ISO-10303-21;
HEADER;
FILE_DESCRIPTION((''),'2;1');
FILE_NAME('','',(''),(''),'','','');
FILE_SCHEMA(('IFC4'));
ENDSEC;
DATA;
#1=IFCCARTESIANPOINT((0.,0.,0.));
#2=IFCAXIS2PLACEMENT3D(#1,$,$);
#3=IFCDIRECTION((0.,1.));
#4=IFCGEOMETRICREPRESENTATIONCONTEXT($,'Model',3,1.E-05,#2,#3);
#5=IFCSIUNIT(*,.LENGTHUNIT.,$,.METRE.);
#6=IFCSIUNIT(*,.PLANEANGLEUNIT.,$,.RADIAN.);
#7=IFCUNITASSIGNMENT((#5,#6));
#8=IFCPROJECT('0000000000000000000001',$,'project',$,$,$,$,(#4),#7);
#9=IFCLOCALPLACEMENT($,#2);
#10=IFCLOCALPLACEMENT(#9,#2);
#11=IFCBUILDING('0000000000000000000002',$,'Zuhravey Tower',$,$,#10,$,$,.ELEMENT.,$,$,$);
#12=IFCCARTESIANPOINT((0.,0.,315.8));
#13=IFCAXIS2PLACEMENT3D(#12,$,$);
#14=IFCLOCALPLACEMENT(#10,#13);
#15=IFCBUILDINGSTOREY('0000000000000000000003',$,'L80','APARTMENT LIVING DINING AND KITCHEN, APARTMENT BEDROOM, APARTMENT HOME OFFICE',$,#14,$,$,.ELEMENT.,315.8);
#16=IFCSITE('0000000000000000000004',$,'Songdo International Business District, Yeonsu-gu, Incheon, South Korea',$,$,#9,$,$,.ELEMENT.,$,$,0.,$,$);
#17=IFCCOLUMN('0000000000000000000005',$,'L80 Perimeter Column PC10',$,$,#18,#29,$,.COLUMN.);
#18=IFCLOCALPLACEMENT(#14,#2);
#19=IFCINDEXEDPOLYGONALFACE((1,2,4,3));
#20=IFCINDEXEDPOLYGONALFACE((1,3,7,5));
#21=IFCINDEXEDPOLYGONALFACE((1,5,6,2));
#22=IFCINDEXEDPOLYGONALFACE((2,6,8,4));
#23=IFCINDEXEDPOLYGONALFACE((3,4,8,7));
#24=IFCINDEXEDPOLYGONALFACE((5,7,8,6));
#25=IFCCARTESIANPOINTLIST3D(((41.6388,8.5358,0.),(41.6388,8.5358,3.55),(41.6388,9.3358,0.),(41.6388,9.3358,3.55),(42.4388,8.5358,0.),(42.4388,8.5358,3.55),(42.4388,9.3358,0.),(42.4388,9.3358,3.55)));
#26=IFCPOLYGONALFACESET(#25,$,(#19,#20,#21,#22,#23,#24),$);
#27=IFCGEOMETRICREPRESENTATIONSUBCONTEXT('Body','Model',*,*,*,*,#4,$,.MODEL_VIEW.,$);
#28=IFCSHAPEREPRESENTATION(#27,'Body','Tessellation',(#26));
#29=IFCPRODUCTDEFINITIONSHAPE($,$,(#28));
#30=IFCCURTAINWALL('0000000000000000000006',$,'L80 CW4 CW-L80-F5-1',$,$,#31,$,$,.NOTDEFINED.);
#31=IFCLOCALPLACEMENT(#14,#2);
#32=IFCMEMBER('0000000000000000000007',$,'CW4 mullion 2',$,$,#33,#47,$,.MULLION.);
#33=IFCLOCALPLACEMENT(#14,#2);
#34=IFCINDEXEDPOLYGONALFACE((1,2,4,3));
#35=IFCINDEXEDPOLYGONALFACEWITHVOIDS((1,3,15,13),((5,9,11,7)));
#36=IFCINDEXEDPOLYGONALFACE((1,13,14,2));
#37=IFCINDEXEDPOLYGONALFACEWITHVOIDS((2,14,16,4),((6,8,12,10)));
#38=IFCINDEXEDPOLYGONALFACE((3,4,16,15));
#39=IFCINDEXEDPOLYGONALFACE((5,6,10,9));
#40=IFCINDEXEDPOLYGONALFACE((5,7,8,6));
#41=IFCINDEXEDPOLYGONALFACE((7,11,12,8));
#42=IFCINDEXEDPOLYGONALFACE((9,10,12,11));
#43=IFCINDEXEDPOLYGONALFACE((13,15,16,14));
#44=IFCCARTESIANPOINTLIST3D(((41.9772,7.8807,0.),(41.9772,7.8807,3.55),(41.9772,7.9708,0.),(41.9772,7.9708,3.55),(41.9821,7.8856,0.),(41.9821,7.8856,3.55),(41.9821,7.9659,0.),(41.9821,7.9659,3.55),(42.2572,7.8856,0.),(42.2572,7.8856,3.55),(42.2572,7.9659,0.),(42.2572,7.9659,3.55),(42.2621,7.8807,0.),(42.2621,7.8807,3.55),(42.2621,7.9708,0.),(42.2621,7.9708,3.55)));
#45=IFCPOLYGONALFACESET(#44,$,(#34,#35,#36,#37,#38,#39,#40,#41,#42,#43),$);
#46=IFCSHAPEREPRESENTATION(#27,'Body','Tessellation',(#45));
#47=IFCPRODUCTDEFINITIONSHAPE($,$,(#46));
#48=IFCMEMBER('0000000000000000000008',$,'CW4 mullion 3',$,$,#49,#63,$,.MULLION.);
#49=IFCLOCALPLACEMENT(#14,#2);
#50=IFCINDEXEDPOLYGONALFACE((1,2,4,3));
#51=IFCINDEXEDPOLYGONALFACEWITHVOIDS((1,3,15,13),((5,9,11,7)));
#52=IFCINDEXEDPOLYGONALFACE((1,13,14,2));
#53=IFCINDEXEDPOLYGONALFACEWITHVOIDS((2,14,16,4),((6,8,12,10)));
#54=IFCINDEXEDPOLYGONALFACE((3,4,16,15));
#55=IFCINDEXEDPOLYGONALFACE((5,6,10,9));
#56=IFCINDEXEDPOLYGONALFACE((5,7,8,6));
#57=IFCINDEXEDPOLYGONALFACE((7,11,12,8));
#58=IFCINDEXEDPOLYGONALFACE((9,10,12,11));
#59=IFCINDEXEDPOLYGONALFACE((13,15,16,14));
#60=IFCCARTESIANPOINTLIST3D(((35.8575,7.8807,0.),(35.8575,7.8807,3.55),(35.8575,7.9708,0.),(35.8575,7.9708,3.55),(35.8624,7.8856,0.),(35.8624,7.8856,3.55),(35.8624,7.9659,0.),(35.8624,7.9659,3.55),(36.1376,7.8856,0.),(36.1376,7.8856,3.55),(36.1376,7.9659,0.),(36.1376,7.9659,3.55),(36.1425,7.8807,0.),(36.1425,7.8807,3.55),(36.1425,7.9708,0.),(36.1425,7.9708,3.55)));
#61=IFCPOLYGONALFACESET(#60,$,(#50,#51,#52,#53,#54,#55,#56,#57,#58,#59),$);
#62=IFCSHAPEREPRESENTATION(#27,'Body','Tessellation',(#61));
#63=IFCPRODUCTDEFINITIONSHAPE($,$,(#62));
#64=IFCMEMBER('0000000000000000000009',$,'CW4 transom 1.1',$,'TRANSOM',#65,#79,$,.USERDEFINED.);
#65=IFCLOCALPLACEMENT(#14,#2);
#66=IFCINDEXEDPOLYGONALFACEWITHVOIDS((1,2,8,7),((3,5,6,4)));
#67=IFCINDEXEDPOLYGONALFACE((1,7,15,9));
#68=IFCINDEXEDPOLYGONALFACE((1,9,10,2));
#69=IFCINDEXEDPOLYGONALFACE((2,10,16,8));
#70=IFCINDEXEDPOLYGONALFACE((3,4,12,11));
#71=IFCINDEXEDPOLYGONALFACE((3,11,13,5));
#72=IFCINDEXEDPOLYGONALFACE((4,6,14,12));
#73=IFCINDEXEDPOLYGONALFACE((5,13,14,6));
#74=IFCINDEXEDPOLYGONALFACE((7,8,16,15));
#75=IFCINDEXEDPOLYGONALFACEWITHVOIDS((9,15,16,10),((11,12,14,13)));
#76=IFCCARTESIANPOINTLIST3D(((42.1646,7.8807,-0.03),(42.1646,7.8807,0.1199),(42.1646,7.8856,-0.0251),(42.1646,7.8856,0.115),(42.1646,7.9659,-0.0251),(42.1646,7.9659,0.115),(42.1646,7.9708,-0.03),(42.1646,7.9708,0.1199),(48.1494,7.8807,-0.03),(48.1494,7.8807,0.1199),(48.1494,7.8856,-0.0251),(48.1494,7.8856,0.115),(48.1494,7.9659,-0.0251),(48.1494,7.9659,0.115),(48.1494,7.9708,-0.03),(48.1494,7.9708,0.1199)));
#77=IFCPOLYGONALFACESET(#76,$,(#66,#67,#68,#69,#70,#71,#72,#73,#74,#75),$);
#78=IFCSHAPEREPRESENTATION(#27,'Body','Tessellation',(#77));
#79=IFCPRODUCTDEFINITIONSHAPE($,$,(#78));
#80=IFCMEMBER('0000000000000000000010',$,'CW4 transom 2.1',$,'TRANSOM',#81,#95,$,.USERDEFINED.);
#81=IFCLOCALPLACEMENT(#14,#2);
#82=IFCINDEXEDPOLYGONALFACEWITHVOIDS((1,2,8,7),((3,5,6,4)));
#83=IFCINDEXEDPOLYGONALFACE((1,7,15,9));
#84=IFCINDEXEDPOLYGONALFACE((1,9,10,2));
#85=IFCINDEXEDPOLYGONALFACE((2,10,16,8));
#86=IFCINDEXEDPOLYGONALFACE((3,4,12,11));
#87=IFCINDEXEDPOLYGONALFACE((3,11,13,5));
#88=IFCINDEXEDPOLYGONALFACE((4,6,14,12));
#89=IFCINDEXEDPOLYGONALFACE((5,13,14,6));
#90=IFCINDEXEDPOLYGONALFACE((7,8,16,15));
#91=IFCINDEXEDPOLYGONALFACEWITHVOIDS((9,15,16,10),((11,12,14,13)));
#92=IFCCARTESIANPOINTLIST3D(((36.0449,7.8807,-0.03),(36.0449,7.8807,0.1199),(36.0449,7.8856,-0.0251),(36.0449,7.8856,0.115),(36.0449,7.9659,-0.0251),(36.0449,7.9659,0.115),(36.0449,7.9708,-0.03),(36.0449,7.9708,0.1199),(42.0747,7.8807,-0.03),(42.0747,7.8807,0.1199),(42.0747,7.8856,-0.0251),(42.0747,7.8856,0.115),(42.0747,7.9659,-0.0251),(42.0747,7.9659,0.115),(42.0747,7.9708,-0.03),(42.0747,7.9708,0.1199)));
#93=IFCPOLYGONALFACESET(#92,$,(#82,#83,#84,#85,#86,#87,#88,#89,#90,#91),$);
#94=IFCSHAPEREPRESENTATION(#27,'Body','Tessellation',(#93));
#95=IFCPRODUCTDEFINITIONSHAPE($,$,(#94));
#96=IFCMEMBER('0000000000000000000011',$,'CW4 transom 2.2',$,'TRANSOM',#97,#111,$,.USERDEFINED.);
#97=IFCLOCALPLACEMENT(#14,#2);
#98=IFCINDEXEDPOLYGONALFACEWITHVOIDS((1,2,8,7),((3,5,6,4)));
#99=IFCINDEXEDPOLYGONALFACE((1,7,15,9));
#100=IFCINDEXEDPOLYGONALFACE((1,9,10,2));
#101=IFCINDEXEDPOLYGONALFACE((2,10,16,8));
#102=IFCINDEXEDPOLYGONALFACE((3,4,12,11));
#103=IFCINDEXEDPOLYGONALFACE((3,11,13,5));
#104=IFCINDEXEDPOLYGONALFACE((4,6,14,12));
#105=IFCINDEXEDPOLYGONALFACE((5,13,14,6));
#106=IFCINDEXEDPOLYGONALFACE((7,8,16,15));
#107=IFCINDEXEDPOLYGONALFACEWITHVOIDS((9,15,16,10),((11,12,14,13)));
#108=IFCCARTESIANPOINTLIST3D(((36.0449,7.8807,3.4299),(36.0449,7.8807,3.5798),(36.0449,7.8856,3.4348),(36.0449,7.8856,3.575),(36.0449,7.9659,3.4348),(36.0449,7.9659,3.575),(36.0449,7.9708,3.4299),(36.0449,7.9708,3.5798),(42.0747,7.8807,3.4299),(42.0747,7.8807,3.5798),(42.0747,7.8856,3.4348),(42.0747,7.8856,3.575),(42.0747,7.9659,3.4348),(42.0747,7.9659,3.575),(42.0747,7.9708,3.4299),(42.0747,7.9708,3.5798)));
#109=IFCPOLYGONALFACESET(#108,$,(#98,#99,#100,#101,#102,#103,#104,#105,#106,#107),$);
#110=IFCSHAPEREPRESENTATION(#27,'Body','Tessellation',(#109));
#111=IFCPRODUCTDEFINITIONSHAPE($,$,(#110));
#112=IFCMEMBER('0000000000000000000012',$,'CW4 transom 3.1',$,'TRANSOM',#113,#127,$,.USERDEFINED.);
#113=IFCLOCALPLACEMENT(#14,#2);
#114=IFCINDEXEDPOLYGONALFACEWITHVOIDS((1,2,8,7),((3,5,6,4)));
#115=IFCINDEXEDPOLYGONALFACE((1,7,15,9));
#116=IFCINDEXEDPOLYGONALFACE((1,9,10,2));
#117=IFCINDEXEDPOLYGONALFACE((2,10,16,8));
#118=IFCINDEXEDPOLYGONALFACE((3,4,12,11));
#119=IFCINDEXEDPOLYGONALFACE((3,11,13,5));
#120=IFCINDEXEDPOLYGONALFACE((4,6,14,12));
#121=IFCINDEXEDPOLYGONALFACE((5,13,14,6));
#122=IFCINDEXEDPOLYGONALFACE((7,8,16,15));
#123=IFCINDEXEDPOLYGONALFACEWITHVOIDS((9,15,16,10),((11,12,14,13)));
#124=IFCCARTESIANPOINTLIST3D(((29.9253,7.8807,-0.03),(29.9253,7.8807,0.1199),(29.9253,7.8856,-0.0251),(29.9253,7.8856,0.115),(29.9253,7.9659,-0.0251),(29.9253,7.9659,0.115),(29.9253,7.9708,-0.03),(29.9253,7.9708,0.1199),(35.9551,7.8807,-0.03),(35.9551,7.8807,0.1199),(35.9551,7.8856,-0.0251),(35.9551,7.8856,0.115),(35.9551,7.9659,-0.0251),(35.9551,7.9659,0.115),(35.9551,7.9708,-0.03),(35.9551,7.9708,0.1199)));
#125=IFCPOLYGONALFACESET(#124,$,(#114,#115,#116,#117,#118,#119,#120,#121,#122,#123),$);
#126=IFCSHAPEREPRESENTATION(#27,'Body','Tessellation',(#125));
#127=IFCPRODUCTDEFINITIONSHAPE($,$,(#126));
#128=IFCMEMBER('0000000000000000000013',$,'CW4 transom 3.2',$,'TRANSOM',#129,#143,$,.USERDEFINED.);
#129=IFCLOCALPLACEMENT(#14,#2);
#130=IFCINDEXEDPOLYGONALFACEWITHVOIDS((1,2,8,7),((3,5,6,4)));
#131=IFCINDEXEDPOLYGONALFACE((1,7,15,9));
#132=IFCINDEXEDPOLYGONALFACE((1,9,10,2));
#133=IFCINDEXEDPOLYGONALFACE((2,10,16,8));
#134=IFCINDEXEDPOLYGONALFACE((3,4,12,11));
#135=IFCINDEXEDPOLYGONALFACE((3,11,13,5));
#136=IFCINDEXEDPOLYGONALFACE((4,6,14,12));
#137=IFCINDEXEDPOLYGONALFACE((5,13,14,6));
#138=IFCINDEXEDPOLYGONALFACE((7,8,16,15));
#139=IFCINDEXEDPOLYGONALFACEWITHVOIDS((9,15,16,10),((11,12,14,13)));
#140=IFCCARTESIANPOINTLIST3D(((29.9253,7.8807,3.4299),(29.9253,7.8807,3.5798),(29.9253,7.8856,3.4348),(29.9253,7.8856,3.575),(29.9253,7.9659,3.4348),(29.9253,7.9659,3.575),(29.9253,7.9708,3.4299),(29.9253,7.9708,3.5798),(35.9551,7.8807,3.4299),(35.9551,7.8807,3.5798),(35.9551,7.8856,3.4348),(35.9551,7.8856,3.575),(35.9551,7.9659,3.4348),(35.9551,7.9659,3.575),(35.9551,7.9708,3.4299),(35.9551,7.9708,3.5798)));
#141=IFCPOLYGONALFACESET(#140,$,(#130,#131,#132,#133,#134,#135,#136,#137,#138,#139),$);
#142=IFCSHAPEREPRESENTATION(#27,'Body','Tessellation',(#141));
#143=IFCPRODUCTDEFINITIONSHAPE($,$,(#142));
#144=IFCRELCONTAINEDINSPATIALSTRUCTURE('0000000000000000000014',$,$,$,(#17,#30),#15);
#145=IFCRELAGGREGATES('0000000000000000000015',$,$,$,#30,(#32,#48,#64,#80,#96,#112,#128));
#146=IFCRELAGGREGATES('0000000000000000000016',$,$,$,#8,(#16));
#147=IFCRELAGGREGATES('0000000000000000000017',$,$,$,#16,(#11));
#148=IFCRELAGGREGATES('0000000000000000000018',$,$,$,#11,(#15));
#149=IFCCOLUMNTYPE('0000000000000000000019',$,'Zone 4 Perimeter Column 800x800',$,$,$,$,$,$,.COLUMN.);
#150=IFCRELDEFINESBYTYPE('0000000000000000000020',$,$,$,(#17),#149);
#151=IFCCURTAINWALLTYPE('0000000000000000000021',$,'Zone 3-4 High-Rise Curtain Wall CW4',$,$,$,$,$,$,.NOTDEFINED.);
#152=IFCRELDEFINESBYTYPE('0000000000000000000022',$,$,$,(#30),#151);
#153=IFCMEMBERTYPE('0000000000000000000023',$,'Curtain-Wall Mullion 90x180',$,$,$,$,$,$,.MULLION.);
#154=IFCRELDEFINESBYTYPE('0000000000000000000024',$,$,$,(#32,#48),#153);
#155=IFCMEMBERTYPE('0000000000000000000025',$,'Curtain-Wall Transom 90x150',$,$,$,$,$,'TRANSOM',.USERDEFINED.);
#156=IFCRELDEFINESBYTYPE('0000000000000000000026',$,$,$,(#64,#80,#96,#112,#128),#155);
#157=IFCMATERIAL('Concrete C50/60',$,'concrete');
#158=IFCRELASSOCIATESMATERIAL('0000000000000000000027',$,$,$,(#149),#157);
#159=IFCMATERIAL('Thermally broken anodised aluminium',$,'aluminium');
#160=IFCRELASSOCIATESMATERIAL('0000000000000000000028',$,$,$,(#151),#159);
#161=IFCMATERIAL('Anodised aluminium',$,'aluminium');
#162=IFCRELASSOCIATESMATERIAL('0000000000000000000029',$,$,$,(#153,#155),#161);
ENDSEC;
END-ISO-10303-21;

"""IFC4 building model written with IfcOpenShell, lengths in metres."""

from ifc_helpers import new_model, si_unit, direction, frame, origin, origin_2d, place, context, subcontext, project, spatial, rectangle, hollow_rectangle, extrude, material, material_profile, profile_set, type_object, element, aggregate, save


model = new_model("IFC4")

# Units and contexts
model_context = context("Model", 3, precision=1e-05, world=origin(), true_north=direction((0.0, 1.0)))
body_context = subcontext(model_context, "Body", "Model", "MODEL_VIEW")
ifc_project = project(units=[si_unit("LENGTHUNIT", "METRE"), si_unit("PLANEANGLEUNIT", "RADIAN")], contexts=[model_context])

# Site, building, storey
site_placement = place(None, origin())
site = spatial("IfcSite", under=ifc_project, at=site_placement, Name="Songdo International Business District, Yeonsu-gu, Incheon, South Korea", CompositionType="ELEMENT", RefElevation=0.0)
building_placement = place(site_placement, origin())
building = spatial("IfcBuilding", under=site, at=building_placement, Name="Zuhravey Tower", CompositionType="ELEMENT")
storey_placement = place(building_placement, frame((0.0, 0.0, 315.8)))
storey = spatial("IfcBuildingStorey", under=building, at=storey_placement, Name="L80", Description="APARTMENT LIVING DINING AND KITCHEN, APARTMENT BEDROOM, APARTMENT HOME OFFICE", CompositionType="ELEMENT", Elevation=315.8)

# Column
ifc_material_1 = material(Name="Concrete C50/60", Category="concrete")
ifc_material_profile_1 = material_profile(ifc_material_1, rectangle(XDim=0.8, YDim=0.8, at=origin_2d()), Name="RC-800x800")
ifc_profile_set_1 = profile_set([ifc_material_profile_1], Name="Concrete C50/60")
column_type = type_object("IfcColumnType", Name="Zone 4 Perimeter Column 800x800", PredefinedType="COLUMN", material=ifc_profile_set_1)
column_placement = place(storey_placement, frame((42.0388, 8.9358, 0.0), z_axis=(0.0, 0.0, 1.0), x_axis=(1.0, 0.0, 0.0)))
element("IfcColumn", 1, at=column_placement, inside=storey, type_object=column_type, Name="L80 Perimeter Column PC10", PredefinedType="COLUMN", context=body_context, shape_type="SweptSolid", body=[
    extrude(rectangle(XDim=0.8, YDim=0.8, at=origin_2d()), origin(), (0.0, 0.0, 1.0), 3.55),
])

# Curtain wall, members
ifc_material_2 = material(Name="Thermally broken anodised aluminium", Category="aluminium")
curtain_wall_type = type_object("IfcCurtainWallType", Name="Zone 3-4 High-Rise Curtain Wall CW4", PredefinedType="NOTDEFINED", material=ifc_material_2)
curtain_wall_placement = place(storey_placement, origin())
curtain_wall = element("IfcCurtainWall", 2, at=curtain_wall_placement, inside=storey, type_object=curtain_wall_type, Name="L80 CW4 CW-L80-F5-1", PredefinedType="NOTDEFINED")
ifc_material_3 = material(Name="Anodised aluminium", Category="aluminium")
ifc_material_profile_2 = material_profile(ifc_material_3, hollow_rectangle(XDim=0.0901, YDim=0.2849, WallThickness=0.0049, at=origin_2d()), Name="ALU-RHS-90x285x5")
ifc_profile_set_2 = profile_set([ifc_material_profile_2], Name="Anodised aluminium")
member_type_1 = type_object("IfcMemberType", Name="Curtain-Wall Mullion 90x180", PredefinedType="MULLION", material=ifc_profile_set_2)
member_1_placement = place(storey_placement, frame((42.1196, 7.9258, 0.0), z_axis=(0.0, 0.0, 1.0), x_axis=(0.0, -1.0, 0.0)))
member_1 = element("IfcMember", 3, at=member_1_placement, type_object=member_type_1, Name="CW4 mullion 2", PredefinedType="MULLION", context=body_context, shape_type="SweptSolid", body=[
    extrude(hollow_rectangle(XDim=0.0901, YDim=0.2849, WallThickness=0.0049, at=origin_2d()), origin(), (0.0, 0.0, 1.0), 3.55),
])
member_2_placement = place(storey_placement, frame((36.0, 7.9258, 0.0), z_axis=(0.0, 0.0, 1.0), x_axis=(0.0, -1.0, 0.0)))
member_2 = element("IfcMember", 4, at=member_2_placement, type_object=member_type_1, Name="CW4 mullion 3", PredefinedType="MULLION", context=body_context, shape_type="SweptSolid", body=[
    extrude(hollow_rectangle(XDim=0.0901, YDim=0.2849, WallThickness=0.0049, at=origin_2d()), origin(), (0.0, 0.0, 1.0), 3.55),
])
ifc_material_profile_3 = material_profile(ifc_material_3, hollow_rectangle(XDim=0.0901, YDim=0.1499, WallThickness=0.0049, at=origin_2d()), Name="ALU-RHS-90x150x5")
ifc_profile_set_3 = profile_set([ifc_material_profile_3], Name="Anodised aluminium")
member_type_2 = type_object("IfcMemberType", Name="Curtain-Wall Transom 90x150", ElementType="TRANSOM", PredefinedType="USERDEFINED", material=ifc_profile_set_3)
member_3_placement = place(storey_placement, frame((48.1494, 7.9258, 0.0449), z_axis=(-1.0, 0.0, 0.0), x_axis=(0.0, -1.0, 0.0)))
member_3 = element("IfcMember", 5, at=member_3_placement, type_object=member_type_2, Name="CW4 transom 1.1", ObjectType="TRANSOM", PredefinedType="USERDEFINED", context=body_context, shape_type="SweptSolid", body=[
    extrude(hollow_rectangle(XDim=0.0901, YDim=0.1499, WallThickness=0.0049, at=origin_2d()), origin(), (0.0, 0.0, 1.0), 5.9849),
])
member_4_placement = place(storey_placement, frame((42.0747, 7.9258, 0.0449), z_axis=(-1.0, 0.0, 0.0), x_axis=(0.0, -1.0, 0.0)))
member_4 = element("IfcMember", 6, at=member_4_placement, type_object=member_type_2, Name="CW4 transom 2.1", ObjectType="TRANSOM", PredefinedType="USERDEFINED", context=body_context, shape_type="SweptSolid", body=[
    extrude(hollow_rectangle(XDim=0.0901, YDim=0.1499, WallThickness=0.0049, at=origin_2d()), origin(), (0.0, 0.0, 1.0), 6.0298),
])
member_5_placement = place(storey_placement, frame((42.0747, 7.9258, 3.5049), z_axis=(-1.0, 0.0, 0.0), x_axis=(0.0, -1.0, 0.0)))
member_5 = element("IfcMember", 7, at=member_5_placement, type_object=member_type_2, Name="CW4 transom 2.2", ObjectType="TRANSOM", PredefinedType="USERDEFINED", context=body_context, shape_type="SweptSolid", body=[
    extrude(hollow_rectangle(XDim=0.0901, YDim=0.1499, WallThickness=0.0049, at=origin_2d()), origin(), (0.0, 0.0, 1.0), 6.0298),
])
member_6_placement = place(storey_placement, frame((35.9551, 7.9258, 0.0449), z_axis=(-1.0, 0.0, 0.0), x_axis=(0.0, -1.0, 0.0)))
member_6 = element("IfcMember", 8, at=member_6_placement, type_object=member_type_2, Name="CW4 transom 3.1", ObjectType="TRANSOM", PredefinedType="USERDEFINED", context=body_context, shape_type="SweptSolid", body=[
    extrude(hollow_rectangle(XDim=0.0901, YDim=0.1499, WallThickness=0.0049, at=origin_2d()), origin(), (0.0, 0.0, 1.0), 6.0298),
])
member_7_placement = place(storey_placement, frame((35.9551, 7.9258, 3.5049), z_axis=(-1.0, 0.0, 0.0), x_axis=(0.0, -1.0, 0.0)))
member_7 = element("IfcMember", 9, at=member_7_placement, type_object=member_type_2, Name="CW4 transom 3.2", ObjectType="TRANSOM", PredefinedType="USERDEFINED", context=body_context, shape_type="SweptSolid", body=[
    extrude(hollow_rectangle(XDim=0.0901, YDim=0.1499, WallThickness=0.0049, at=origin_2d()), origin(), (0.0, 0.0, 1.0), 6.0298),
])

aggregate(curtain_wall, [member_1, member_2, member_3, member_4, member_5, member_6, member_7])

save(model, "model.ifc")
